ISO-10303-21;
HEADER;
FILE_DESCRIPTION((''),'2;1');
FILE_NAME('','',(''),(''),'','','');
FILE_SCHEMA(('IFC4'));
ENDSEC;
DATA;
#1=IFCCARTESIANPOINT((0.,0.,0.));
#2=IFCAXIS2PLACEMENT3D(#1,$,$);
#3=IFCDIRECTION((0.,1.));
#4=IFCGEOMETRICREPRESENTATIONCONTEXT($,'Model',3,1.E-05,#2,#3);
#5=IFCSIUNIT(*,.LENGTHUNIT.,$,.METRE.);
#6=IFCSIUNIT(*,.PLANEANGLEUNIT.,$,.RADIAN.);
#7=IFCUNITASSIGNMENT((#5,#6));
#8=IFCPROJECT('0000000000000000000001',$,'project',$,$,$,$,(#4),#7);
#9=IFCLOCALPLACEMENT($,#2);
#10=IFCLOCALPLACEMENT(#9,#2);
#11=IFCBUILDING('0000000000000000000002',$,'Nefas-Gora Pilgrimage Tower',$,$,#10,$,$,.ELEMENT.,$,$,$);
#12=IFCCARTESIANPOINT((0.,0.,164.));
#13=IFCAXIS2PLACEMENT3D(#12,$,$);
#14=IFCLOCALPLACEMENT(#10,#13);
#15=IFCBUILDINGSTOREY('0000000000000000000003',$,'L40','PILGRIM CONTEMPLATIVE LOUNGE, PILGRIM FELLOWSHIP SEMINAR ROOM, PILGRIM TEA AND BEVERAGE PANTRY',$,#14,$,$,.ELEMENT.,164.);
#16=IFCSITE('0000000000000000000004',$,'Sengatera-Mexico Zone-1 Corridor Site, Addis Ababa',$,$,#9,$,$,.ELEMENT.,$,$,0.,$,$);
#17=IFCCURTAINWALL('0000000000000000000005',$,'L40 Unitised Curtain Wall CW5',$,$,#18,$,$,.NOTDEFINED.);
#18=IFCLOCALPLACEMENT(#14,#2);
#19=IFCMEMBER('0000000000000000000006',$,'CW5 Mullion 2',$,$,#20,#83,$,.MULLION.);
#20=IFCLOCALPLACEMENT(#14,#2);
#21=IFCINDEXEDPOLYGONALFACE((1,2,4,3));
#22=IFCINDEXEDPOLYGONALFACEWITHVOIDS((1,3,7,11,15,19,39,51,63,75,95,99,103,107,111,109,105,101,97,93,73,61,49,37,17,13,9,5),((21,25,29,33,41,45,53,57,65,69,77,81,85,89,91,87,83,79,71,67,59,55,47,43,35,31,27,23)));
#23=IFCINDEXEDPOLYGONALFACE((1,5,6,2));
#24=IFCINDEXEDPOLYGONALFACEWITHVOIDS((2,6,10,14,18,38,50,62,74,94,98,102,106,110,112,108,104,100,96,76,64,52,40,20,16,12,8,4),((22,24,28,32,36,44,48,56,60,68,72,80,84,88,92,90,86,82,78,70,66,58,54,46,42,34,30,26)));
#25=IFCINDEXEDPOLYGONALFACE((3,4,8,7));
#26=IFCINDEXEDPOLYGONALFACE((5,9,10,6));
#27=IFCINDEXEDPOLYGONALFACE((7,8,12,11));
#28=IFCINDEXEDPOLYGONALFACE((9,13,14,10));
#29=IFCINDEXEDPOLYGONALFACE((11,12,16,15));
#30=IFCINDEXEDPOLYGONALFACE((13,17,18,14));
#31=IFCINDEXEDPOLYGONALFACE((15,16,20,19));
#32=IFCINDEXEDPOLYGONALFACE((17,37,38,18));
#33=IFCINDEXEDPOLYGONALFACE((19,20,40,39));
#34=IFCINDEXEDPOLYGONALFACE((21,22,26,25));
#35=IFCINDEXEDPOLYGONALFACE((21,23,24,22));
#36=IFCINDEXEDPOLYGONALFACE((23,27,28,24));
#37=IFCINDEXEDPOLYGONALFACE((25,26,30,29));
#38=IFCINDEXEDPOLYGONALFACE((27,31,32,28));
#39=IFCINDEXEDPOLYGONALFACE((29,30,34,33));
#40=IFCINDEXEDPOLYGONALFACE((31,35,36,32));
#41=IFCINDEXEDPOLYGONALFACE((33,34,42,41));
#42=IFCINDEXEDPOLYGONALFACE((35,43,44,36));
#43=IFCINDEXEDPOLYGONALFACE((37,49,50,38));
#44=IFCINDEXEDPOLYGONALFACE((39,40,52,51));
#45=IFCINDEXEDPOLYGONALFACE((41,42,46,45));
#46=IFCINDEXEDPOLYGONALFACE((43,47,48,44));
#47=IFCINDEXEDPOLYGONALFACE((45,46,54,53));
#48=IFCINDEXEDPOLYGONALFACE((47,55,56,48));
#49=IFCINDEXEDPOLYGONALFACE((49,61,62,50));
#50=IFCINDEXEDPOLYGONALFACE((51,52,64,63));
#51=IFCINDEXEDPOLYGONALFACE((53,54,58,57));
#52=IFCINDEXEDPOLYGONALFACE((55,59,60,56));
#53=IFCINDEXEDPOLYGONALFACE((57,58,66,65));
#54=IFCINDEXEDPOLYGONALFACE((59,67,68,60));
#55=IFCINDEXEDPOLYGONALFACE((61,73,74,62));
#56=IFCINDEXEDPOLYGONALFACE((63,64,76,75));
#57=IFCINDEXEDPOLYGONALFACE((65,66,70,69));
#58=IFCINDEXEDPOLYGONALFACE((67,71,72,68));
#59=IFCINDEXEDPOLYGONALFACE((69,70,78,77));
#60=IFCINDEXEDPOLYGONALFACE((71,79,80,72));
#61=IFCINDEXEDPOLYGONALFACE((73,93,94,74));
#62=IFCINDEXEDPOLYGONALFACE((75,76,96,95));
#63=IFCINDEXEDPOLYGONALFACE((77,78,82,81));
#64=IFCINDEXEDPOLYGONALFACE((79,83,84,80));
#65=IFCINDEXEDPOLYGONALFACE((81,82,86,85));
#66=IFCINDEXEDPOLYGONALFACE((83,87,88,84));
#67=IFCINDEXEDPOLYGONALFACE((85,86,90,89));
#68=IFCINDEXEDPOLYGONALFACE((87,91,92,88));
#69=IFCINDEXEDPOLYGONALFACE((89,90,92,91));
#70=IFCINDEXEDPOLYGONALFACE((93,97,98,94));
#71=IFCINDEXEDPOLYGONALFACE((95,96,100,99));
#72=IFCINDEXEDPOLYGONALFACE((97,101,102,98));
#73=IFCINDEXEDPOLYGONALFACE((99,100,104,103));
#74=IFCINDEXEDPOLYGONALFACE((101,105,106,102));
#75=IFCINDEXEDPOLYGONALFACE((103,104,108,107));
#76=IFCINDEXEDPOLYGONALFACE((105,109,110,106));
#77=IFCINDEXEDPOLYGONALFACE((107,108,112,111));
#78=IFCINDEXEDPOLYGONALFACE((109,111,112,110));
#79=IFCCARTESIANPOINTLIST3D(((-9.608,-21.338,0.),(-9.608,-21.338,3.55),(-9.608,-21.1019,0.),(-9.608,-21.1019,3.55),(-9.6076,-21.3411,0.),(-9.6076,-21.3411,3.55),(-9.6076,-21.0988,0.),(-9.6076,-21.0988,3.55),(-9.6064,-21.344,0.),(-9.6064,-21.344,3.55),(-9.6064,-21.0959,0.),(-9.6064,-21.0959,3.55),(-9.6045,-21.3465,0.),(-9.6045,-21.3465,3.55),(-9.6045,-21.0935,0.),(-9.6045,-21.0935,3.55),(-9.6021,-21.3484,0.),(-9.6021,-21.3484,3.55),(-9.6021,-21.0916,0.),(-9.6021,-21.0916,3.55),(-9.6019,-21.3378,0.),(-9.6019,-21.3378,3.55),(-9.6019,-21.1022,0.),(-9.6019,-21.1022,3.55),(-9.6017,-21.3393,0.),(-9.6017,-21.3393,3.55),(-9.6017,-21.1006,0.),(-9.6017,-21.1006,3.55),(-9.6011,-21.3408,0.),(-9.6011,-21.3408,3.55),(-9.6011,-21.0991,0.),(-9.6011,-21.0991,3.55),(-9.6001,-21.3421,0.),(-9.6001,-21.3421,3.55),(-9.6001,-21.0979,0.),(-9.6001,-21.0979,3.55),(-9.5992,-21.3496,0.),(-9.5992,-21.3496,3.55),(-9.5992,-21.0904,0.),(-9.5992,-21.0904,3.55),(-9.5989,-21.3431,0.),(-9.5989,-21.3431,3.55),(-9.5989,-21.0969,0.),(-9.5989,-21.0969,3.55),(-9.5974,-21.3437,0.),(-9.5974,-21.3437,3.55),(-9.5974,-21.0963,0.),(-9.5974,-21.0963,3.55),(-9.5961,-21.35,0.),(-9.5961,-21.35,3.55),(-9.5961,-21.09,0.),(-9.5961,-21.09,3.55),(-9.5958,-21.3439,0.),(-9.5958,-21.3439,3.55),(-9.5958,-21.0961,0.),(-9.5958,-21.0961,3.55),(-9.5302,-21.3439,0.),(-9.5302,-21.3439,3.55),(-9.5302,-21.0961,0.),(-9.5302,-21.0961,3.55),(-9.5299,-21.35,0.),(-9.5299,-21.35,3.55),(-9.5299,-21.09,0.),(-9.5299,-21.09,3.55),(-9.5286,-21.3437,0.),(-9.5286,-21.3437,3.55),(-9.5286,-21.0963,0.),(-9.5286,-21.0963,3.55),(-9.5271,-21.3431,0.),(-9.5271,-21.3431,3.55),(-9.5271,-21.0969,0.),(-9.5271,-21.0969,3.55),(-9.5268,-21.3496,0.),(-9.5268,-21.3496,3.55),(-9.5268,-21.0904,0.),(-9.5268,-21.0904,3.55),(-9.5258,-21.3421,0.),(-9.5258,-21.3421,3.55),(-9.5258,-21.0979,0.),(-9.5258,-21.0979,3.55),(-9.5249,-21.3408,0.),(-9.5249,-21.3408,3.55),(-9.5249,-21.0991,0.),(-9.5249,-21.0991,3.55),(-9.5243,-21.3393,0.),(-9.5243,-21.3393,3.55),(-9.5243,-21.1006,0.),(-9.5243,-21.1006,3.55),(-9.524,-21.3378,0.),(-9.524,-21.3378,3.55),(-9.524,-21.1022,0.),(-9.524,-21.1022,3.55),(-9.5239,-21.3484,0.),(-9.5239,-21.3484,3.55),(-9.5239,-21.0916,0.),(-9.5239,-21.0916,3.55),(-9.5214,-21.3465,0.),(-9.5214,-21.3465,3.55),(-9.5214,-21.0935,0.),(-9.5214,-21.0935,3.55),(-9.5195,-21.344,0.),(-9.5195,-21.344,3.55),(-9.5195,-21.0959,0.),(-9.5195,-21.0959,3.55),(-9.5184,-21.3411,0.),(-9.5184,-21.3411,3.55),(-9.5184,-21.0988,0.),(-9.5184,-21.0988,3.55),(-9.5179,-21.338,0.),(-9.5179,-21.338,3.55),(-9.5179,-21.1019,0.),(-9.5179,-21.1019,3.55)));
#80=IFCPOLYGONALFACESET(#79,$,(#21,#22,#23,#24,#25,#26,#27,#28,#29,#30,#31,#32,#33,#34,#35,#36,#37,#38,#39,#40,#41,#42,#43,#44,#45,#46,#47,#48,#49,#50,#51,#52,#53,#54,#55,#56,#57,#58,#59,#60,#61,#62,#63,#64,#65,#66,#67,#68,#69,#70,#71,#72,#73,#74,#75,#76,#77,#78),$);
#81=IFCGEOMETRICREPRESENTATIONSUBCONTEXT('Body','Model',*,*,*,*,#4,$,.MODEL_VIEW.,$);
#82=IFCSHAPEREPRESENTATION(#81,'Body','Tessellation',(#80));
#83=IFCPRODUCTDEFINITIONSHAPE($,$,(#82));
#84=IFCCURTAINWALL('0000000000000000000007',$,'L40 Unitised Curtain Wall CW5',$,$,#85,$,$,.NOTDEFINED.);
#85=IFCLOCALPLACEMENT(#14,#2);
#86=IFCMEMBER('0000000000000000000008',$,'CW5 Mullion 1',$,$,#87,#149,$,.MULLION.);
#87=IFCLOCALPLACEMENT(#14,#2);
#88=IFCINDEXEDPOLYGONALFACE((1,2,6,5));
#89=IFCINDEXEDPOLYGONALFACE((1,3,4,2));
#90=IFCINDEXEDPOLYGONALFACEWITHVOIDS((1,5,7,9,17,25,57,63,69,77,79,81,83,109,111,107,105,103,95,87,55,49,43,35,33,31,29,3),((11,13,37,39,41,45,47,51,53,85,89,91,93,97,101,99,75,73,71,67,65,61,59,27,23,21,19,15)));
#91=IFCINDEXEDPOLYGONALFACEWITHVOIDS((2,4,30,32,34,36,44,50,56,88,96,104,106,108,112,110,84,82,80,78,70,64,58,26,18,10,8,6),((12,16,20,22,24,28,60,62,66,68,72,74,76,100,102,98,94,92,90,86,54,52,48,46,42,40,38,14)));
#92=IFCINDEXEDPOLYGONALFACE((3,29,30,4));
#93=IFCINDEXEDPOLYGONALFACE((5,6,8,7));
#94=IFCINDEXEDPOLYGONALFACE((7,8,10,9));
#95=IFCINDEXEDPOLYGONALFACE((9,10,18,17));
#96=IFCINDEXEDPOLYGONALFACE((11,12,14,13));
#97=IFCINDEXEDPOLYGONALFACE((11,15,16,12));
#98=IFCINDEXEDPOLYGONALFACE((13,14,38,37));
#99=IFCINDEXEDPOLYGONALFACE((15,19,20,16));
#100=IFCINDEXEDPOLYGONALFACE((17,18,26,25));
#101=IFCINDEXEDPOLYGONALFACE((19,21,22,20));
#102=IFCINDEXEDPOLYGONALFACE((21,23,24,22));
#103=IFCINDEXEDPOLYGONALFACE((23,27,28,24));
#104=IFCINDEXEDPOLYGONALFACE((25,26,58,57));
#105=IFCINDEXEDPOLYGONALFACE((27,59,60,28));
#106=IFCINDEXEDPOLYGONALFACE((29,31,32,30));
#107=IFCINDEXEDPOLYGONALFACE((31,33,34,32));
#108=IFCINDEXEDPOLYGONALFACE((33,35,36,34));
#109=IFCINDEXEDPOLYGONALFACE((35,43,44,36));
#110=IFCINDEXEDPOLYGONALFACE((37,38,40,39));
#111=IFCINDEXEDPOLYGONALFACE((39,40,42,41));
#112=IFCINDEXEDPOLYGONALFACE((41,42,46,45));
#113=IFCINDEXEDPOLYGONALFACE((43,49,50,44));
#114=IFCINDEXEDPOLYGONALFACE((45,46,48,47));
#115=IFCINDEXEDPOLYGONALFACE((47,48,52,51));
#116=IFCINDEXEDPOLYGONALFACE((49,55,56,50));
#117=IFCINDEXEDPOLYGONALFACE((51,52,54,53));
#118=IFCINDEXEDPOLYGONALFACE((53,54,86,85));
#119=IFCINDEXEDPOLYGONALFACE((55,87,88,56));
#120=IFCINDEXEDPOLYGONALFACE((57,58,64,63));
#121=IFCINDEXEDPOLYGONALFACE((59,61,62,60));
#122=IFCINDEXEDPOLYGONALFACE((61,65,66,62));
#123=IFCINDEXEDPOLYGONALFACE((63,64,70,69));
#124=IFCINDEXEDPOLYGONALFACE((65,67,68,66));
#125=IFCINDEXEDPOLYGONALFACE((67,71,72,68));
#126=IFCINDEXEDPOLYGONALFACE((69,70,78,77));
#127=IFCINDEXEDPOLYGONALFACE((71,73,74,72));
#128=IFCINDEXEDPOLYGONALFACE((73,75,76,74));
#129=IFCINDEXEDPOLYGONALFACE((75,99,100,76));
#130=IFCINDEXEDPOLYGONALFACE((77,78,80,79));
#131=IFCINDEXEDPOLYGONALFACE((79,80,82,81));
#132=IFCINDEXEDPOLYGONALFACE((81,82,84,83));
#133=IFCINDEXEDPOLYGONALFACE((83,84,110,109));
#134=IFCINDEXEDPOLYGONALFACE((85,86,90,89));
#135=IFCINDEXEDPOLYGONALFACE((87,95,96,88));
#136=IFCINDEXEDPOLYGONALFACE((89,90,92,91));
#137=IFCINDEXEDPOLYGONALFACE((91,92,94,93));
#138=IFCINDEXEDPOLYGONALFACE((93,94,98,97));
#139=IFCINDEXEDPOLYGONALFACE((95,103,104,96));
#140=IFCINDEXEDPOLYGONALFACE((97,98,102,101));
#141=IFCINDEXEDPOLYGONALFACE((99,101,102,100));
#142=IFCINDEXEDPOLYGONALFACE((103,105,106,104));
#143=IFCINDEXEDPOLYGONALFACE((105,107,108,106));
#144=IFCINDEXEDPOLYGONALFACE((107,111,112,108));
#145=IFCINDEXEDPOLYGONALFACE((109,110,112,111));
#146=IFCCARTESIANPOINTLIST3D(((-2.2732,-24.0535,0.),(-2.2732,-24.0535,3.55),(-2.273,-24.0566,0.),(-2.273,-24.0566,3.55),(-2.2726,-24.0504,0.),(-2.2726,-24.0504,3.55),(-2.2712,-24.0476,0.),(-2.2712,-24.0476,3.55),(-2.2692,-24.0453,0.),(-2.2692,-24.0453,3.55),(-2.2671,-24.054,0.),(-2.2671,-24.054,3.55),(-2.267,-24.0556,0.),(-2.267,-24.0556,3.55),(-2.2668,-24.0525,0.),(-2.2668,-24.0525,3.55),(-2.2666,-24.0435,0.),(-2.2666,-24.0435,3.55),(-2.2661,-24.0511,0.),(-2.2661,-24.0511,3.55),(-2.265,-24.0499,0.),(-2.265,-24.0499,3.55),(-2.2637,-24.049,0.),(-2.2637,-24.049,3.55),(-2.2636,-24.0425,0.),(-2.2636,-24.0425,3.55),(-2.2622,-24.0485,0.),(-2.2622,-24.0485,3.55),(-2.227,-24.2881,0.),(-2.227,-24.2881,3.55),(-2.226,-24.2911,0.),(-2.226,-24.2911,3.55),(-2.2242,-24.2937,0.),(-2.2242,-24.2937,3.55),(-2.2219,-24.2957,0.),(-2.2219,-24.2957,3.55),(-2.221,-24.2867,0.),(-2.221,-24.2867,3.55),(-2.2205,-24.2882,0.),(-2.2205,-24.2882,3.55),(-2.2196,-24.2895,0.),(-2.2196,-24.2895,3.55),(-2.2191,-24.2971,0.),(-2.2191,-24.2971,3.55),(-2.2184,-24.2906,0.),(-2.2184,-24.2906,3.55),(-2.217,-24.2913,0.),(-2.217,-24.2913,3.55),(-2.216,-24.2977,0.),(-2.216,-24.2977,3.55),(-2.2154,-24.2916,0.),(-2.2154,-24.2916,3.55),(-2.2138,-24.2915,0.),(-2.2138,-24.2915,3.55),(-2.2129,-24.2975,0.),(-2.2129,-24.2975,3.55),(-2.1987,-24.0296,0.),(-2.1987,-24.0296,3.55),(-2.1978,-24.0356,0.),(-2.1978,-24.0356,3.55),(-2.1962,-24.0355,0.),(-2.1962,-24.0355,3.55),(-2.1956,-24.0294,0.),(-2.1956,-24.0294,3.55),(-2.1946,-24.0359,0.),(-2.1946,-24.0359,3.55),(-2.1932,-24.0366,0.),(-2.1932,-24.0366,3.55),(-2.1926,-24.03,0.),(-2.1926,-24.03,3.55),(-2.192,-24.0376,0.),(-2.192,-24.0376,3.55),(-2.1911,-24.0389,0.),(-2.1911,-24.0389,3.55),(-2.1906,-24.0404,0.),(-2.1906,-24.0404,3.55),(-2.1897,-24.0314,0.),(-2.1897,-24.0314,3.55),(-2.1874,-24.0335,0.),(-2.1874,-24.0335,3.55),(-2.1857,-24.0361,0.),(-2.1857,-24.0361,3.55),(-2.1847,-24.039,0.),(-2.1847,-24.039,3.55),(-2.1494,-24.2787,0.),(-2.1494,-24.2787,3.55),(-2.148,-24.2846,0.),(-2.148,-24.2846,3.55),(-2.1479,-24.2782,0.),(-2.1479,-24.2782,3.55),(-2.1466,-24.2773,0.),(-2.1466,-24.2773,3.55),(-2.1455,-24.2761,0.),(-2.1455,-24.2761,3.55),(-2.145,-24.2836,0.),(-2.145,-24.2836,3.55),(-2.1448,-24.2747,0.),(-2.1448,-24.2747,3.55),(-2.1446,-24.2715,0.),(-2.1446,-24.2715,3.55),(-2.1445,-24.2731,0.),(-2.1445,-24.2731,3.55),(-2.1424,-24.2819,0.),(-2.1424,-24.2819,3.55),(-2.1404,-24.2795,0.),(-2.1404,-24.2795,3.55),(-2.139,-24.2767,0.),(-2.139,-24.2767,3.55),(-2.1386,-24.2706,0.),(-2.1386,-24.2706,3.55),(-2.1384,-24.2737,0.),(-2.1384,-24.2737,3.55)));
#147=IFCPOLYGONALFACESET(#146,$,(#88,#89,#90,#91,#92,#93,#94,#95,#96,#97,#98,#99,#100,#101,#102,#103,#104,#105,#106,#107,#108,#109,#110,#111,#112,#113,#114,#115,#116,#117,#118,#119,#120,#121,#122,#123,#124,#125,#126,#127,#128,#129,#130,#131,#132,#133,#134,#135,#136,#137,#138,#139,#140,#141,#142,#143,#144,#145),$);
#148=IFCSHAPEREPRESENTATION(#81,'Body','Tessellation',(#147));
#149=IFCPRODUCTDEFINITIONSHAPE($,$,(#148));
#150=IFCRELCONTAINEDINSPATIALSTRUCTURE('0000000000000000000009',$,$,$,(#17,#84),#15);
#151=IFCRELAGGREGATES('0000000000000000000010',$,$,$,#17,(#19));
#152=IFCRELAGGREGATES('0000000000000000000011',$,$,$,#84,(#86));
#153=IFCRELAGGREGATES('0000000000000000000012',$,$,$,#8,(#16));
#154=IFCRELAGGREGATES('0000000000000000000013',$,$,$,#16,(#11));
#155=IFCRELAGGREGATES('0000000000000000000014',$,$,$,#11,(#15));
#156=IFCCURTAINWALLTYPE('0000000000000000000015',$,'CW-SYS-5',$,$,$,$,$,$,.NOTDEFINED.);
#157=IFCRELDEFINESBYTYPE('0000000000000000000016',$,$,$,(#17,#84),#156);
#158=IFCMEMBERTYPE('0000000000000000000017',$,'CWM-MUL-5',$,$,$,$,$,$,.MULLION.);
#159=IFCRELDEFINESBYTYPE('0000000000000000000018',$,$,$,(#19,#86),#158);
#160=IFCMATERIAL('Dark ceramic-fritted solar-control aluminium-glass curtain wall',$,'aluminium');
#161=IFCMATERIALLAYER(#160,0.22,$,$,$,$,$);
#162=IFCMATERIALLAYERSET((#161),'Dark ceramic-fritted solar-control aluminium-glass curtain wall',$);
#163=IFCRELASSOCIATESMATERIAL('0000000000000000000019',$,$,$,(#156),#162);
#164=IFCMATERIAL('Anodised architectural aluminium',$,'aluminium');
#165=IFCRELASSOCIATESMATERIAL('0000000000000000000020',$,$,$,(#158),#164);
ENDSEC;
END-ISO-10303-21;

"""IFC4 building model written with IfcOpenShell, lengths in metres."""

from ifc_helpers import new_model, si_unit, direction, frame, origin, origin_2d, place, context, subcontext, project, spatial, hollow_rectangle, extrude, source, transform, mapped, material, layer, layer_set, material_profile, profile_set, type_object, element, aggregate, save


model = new_model("IFC4")

# Units and contexts
model_context = context("Model", 3, precision=1e-05, world=origin(), true_north=direction((0.0, 1.0)))
body_context = subcontext(model_context, "Body", "Model", "MODEL_VIEW")
ifc_project = project(units=[si_unit("LENGTHUNIT", "METRE"), si_unit("PLANEANGLEUNIT", "RADIAN")], contexts=[model_context])

# Site, building, storey
site_placement = place(None, origin())
site = spatial("IfcSite", under=ifc_project, at=site_placement, Name="Sengatera-Mexico Zone-1 Corridor Site, Addis Ababa", CompositionType="ELEMENT", RefElevation=0.0)
building_placement = place(site_placement, origin())
building = spatial("IfcBuilding", under=site, at=building_placement, Name="Nefas-Gora Pilgrimage Tower", CompositionType="ELEMENT")
storey_placement = place(building_placement, frame((0.0, 0.0, 164.0)))
storey = spatial("IfcBuildingStorey", under=building, at=storey_placement, Name="L40", Description="PILGRIM CONTEMPLATIVE LOUNGE, PILGRIM FELLOWSHIP SEMINAR ROOM, PILGRIM TEA AND BEVERAGE PANTRY", CompositionType="ELEMENT", Elevation=164.0)

# Curtain wall, member
ifc_material_1 = material(Name="Dark ceramic-fritted solar-control aluminium-glass curtain wall", Category="aluminium")
ifc_layer_1 = layer(ifc_material_1, 0.22)
ifc_layer_set_1 = layer_set([ifc_layer_1], Name="Dark ceramic-fritted solar-control aluminium-glass curtain wall")
curtain_wall_type = type_object("IfcCurtainWallType", Name="CW-SYS-5", PredefinedType="NOTDEFINED", material=ifc_layer_set_1)
curtain_wall_1_placement = place(storey_placement, origin())
curtain_wall_1 = element("IfcCurtainWall", 1, at=curtain_wall_1_placement, inside=storey, type_object=curtain_wall_type, Name="L40 Unitised Curtain Wall CW5", PredefinedType="NOTDEFINED")
ifc_material_2 = material(Name="Anodised architectural aluminium", Category="aluminium")
ifc_material_profile_1 = material_profile(ifc_material_2, hollow_rectangle(XDim=0.0901, YDim=0.26, WallThickness=0.0061, InnerFilletRadius=0.0061, OuterFilletRadius=0.012, at=origin_2d()), Name="ALU MULLION 90x260")
ifc_profile_set_1 = profile_set([ifc_material_profile_1], Name="Anodised architectural aluminium")
member_type_1 = type_object("IfcMemberType", Name="CWM-MUL-5", PredefinedType="MULLION", material=ifc_profile_set_1)
shared_shape_1 = source(origin(), body_context, "Body", "SweptSolid", [
    extrude(hollow_rectangle(XDim=0.0901, YDim=0.26, WallThickness=0.0061, InnerFilletRadius=0.0061, OuterFilletRadius=0.012, at=origin_2d()), origin(), (0.0, 0.0, 1.0), 3.55),
])
member_1_placement = place(storey_placement, frame((-9.563, -21.22, 0.0), z_axis=(0.0, 0.0, 1.0), x_axis=(1.0, 0.0, 0.0)))
member_1 = element("IfcMember", 2, at=member_1_placement, type_object=member_type_1, Name="CW5 Mullion 2", PredefinedType="MULLION", context=body_context, shape_type="MappedRepresentation", body=[
    mapped(shared_shape_1, transform((0.0, 0.0, 0.0), x_axis=(1.0, 0.0, 0.0), y_axis=(0.0, 1.0, 0.0), z_axis=(0.0, 0.0, 1.0), scale=1.0)),
])
aggregate(curtain_wall_1, [member_1])

# Curtain wall, member
curtain_wall_2_placement = place(storey_placement, origin())
curtain_wall_2 = element("IfcCurtainWall", 3, at=curtain_wall_2_placement, inside=storey, type_object=curtain_wall_type, Name="L40 Unitised Curtain Wall CW5", PredefinedType="NOTDEFINED")
member_2_placement = place(storey_placement, frame((-2.2058, -24.1636, 0.0), z_axis=(0.0, 0.0, 1.0), x_axis=(0.980783, 0.195102, 0.0)))
member_2 = element("IfcMember", 4, at=member_2_placement, type_object=member_type_1, Name="CW5 Mullion 1", PredefinedType="MULLION", context=body_context, shape_type="MappedRepresentation", body=[
    mapped(shared_shape_1, transform((0.0, 0.0, 0.0), x_axis=(1.0, 0.0, 0.0), y_axis=(0.0, 1.0, 0.0), z_axis=(0.0, 0.0, 1.0), scale=1.0)),
])
aggregate(curtain_wall_2, [member_2])

save(model, "model.ifc")
